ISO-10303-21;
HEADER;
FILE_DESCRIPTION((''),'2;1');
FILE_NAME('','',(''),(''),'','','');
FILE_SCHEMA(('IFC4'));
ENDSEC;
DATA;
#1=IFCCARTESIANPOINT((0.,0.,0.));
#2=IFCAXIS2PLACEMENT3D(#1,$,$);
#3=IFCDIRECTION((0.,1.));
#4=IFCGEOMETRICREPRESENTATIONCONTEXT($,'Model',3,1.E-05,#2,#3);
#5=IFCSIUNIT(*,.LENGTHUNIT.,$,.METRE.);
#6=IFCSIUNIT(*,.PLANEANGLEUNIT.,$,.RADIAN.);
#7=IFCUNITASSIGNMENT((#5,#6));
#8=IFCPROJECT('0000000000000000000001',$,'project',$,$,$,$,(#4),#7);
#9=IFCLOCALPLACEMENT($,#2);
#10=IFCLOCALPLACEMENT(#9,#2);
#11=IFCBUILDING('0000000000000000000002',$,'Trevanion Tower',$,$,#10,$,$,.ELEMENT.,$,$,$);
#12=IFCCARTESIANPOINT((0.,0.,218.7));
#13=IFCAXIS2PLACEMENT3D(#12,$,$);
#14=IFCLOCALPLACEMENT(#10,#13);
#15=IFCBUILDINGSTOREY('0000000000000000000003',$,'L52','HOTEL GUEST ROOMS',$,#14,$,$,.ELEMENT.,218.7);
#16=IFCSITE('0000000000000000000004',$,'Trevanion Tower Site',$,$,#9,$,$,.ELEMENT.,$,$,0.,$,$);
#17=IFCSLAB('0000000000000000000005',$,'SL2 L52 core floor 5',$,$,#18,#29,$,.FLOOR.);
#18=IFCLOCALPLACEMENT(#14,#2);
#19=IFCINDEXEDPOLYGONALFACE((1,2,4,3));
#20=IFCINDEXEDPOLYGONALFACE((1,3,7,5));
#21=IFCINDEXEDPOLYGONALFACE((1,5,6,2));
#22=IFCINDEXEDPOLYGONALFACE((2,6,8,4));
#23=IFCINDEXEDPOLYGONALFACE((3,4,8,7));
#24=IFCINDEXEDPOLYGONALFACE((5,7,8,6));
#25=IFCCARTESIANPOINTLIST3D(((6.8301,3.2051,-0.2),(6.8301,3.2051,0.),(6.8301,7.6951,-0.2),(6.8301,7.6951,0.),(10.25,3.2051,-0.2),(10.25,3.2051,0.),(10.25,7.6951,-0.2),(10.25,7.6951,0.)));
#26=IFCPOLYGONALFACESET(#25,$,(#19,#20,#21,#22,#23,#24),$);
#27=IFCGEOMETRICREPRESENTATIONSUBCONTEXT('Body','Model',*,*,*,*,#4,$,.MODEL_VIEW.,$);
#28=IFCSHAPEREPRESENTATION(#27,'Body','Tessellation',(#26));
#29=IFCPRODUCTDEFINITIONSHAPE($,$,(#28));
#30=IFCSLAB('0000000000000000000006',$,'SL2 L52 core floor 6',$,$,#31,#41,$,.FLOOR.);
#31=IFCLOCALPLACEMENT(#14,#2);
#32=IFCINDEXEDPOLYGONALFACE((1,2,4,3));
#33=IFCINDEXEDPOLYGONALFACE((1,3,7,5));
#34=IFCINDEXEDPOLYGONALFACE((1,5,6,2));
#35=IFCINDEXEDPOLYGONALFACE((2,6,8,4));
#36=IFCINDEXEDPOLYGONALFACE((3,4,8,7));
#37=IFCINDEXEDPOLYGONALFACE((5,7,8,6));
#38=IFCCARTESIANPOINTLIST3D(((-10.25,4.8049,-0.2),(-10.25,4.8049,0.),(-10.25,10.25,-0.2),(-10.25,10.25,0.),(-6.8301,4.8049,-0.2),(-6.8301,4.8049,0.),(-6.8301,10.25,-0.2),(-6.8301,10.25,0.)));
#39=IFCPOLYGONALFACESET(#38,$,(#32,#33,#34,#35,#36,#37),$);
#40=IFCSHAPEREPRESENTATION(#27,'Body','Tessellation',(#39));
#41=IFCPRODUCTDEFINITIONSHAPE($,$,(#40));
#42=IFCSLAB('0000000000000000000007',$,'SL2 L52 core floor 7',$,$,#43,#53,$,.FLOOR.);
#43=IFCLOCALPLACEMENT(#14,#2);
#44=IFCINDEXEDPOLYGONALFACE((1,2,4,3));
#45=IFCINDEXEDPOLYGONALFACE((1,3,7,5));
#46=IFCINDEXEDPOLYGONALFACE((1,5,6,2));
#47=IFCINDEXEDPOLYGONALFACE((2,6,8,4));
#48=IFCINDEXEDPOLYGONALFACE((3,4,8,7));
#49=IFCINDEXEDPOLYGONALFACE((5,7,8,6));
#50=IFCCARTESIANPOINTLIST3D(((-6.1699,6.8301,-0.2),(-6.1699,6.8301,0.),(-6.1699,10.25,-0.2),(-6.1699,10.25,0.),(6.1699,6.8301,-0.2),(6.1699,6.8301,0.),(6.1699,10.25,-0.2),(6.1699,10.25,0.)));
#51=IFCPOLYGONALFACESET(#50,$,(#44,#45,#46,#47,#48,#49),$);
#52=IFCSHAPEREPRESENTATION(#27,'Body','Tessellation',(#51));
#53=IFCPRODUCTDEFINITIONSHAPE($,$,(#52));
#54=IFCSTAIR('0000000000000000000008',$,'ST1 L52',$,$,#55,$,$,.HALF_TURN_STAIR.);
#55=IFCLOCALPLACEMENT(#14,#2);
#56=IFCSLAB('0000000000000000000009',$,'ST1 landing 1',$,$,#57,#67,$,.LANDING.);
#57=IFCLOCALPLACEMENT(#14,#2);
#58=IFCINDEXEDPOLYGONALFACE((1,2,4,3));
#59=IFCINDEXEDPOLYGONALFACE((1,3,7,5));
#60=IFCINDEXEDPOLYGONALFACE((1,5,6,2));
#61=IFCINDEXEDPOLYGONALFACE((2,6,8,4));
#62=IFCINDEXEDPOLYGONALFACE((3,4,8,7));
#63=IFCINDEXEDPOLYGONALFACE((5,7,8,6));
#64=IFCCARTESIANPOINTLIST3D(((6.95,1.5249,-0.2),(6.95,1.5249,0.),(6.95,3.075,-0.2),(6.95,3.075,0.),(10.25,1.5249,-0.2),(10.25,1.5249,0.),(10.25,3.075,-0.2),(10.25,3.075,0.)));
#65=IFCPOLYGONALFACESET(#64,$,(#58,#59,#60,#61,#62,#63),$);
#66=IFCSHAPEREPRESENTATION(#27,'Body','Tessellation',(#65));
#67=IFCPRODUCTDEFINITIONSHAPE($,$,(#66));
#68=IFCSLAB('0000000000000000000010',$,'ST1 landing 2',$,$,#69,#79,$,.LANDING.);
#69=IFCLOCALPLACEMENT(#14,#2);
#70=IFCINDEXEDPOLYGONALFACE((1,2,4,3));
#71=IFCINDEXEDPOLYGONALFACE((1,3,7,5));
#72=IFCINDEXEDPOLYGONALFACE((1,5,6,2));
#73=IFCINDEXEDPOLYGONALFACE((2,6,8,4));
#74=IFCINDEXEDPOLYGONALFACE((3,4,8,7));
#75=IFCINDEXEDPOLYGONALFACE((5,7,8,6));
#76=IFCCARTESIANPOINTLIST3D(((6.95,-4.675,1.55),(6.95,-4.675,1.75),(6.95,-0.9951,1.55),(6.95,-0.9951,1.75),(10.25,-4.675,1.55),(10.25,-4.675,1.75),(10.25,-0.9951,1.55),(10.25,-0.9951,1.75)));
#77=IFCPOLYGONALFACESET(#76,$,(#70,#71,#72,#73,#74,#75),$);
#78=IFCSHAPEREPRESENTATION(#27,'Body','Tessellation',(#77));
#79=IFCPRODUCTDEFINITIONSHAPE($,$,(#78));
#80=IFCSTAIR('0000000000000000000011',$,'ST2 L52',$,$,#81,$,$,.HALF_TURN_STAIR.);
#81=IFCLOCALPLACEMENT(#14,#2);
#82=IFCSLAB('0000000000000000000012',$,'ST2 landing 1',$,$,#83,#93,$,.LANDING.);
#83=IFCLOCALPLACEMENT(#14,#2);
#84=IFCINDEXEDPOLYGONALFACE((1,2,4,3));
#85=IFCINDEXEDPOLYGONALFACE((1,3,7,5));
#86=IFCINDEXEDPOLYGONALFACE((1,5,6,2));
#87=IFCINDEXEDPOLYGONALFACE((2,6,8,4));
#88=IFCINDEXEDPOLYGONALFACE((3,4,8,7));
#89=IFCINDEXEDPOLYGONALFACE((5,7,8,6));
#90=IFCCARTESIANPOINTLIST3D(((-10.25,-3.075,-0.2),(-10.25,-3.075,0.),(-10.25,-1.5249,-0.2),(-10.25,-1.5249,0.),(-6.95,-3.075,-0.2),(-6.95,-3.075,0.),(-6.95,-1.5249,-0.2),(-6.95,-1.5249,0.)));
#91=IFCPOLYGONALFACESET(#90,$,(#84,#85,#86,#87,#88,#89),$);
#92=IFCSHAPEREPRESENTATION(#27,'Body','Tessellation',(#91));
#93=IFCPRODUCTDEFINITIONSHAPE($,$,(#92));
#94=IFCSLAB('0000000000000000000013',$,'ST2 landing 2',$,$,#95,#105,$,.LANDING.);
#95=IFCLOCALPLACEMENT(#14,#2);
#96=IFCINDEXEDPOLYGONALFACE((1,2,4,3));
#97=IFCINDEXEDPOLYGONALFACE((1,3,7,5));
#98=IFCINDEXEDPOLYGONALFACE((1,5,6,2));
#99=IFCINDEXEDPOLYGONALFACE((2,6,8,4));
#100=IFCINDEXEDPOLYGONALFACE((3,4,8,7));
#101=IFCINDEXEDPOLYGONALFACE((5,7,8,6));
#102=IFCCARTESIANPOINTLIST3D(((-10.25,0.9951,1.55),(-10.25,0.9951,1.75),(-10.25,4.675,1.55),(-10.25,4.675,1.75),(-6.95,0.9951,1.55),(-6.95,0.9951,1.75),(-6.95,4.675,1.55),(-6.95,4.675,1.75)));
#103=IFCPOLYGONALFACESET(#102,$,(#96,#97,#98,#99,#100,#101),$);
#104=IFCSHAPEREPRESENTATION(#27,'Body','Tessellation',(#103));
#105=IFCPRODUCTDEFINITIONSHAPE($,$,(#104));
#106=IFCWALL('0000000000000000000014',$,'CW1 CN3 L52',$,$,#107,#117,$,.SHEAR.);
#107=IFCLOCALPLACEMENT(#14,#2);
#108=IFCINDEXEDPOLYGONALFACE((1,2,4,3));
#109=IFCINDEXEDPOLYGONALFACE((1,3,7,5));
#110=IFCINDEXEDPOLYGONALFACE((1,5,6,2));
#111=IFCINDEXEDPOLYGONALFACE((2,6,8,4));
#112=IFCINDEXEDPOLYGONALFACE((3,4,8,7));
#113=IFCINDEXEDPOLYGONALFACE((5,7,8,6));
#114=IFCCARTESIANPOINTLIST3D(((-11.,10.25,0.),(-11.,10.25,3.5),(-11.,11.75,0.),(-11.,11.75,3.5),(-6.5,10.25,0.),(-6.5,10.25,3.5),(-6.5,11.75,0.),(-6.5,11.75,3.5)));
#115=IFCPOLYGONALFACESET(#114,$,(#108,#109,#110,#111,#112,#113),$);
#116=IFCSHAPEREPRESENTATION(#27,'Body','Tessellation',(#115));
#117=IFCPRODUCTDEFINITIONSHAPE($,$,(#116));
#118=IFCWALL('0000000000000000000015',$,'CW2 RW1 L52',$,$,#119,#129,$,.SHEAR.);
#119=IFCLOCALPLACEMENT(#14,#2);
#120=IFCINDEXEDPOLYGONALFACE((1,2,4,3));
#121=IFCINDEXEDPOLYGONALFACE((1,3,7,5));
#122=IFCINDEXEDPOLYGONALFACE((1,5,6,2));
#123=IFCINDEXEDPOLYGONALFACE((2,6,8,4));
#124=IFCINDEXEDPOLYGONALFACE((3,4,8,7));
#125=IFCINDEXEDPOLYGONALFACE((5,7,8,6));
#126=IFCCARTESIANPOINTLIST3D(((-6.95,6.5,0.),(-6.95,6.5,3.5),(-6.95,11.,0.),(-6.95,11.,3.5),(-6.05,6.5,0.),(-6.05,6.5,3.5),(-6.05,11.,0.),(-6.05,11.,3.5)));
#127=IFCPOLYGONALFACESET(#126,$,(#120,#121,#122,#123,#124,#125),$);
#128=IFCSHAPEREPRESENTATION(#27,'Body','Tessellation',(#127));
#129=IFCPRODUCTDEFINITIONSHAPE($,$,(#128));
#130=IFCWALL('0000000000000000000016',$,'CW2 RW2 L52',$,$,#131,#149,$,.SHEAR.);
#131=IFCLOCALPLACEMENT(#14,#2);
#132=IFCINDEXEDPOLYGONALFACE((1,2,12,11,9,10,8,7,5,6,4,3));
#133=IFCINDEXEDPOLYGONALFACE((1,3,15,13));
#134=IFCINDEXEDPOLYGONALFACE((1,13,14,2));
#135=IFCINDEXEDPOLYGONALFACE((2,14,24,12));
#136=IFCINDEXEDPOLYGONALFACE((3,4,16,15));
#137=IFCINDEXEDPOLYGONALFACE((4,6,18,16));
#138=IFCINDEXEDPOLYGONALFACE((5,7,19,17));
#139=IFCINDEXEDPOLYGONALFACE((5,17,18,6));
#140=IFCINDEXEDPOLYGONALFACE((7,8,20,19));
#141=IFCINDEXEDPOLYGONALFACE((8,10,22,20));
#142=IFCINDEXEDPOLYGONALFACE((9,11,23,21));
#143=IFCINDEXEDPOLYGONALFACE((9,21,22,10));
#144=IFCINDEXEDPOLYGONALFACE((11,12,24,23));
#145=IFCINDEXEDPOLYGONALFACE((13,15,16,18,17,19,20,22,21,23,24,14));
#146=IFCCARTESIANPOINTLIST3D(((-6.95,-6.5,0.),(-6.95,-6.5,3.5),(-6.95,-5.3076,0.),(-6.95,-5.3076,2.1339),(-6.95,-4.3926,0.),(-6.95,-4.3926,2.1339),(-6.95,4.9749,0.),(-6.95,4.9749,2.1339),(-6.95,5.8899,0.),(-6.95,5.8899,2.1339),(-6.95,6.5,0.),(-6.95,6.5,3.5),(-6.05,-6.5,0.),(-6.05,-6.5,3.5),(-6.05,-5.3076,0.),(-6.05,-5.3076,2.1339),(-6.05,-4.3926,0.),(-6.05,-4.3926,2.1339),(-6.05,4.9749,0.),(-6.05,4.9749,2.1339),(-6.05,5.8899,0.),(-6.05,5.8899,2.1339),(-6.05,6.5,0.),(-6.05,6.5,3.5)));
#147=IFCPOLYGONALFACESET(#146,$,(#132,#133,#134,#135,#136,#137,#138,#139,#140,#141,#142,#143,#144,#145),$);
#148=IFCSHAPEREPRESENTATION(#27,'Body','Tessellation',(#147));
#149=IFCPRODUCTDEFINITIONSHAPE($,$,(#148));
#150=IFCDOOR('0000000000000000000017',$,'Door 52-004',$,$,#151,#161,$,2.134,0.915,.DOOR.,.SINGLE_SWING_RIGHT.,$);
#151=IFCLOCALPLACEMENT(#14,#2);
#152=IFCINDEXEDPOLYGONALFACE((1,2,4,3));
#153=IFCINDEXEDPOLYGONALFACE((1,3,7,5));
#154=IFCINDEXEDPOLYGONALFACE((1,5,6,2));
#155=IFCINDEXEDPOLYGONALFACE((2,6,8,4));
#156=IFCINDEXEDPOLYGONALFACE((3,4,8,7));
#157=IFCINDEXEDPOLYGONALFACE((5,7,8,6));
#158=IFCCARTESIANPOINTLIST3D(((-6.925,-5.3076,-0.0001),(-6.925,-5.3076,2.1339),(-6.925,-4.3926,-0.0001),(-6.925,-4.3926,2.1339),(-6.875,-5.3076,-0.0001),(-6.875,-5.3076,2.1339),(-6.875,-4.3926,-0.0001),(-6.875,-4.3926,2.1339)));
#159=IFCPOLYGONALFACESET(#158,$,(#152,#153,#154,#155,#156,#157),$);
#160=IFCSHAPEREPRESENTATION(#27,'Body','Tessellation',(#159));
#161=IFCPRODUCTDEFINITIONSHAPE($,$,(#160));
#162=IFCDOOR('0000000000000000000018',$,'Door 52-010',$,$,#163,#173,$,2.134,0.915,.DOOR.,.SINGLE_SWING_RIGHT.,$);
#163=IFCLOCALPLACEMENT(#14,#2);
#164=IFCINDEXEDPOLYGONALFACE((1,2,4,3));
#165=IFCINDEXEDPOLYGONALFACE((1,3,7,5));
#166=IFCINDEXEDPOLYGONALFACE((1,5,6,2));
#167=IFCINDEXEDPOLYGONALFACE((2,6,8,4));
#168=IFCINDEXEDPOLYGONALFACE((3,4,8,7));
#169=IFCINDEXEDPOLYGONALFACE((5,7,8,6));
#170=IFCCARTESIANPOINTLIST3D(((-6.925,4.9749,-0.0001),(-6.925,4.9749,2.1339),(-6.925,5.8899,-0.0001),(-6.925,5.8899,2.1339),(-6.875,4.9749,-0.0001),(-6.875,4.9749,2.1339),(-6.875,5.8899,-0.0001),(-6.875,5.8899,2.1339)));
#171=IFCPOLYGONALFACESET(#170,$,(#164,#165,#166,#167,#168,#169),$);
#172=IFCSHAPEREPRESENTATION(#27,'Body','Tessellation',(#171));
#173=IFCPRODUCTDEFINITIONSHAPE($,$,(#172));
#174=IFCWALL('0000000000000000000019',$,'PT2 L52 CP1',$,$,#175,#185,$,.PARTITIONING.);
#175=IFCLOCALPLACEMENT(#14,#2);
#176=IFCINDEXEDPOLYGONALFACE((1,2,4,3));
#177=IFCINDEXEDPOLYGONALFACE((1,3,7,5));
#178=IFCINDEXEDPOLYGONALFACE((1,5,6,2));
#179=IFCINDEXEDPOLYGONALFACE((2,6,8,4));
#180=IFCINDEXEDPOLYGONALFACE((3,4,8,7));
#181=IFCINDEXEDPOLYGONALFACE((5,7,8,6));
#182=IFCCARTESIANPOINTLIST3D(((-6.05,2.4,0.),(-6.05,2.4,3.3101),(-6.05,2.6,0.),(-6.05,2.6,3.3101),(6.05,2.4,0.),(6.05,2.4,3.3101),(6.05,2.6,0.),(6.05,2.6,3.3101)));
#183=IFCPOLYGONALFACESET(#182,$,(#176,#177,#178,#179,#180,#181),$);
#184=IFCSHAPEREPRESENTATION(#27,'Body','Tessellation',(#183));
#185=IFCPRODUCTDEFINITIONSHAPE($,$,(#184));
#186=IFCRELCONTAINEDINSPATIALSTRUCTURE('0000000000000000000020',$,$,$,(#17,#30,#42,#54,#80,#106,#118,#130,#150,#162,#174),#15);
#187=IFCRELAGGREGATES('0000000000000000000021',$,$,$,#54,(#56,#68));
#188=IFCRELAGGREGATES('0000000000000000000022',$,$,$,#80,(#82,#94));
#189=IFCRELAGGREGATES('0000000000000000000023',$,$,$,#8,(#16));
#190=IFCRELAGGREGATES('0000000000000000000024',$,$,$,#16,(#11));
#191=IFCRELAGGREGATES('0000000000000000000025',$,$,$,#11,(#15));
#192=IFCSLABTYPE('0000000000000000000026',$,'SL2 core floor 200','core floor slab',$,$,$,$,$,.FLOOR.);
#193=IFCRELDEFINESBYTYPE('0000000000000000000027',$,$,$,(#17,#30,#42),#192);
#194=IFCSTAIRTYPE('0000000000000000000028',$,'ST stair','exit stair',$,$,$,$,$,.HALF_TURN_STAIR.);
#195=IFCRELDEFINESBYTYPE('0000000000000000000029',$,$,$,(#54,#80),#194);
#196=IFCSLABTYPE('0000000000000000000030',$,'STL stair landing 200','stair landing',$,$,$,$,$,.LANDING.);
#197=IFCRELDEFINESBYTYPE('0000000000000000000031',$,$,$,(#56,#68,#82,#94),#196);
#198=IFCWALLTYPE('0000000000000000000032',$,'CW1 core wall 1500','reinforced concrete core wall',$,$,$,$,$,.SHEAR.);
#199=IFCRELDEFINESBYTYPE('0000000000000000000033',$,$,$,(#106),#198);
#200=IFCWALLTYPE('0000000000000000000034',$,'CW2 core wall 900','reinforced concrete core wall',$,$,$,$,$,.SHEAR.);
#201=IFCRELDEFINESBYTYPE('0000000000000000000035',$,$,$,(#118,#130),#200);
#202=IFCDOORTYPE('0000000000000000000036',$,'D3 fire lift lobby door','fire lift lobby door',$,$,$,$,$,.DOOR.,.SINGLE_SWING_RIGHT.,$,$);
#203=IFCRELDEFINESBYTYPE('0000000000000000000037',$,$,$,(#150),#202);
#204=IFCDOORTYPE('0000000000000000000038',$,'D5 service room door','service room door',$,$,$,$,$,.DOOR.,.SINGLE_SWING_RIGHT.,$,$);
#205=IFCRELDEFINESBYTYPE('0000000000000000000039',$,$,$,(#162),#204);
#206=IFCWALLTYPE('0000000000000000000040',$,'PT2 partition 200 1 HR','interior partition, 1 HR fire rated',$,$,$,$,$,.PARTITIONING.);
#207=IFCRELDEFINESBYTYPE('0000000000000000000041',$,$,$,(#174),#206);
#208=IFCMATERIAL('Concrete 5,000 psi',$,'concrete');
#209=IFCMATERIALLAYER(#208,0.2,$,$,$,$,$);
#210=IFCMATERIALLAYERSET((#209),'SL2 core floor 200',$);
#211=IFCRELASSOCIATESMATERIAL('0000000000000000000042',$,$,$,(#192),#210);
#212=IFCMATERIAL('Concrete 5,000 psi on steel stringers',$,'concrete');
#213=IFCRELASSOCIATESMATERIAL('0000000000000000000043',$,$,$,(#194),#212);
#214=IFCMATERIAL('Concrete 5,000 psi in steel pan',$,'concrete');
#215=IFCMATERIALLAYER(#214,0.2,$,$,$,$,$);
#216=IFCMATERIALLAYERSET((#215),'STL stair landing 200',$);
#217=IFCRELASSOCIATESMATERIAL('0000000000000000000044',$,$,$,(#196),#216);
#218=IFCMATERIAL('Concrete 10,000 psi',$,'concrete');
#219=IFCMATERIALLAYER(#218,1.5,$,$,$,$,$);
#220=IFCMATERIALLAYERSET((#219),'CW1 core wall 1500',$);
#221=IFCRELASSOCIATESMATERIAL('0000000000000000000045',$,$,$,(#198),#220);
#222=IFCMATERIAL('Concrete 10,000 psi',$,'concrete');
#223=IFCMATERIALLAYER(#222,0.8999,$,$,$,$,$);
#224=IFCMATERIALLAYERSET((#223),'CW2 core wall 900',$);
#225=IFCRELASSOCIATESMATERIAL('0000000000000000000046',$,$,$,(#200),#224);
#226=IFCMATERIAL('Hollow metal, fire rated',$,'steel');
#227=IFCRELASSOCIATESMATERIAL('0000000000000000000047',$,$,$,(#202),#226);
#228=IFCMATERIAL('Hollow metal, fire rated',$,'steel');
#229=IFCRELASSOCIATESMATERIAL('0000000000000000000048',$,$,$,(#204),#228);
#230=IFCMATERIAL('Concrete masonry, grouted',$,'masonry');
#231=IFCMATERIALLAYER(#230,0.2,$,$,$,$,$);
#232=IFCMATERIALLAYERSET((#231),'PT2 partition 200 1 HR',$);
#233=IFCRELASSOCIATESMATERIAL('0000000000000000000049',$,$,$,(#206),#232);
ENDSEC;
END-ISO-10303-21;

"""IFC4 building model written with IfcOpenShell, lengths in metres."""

from ifc_helpers import new_model, si_unit, direction, frame, frame_2d, origin, place, context, subcontext, project, spatial, polyline, rectangle, outline, extrude, material, layer, layer_set, type_object, element, fill, aggregate, save


model = new_model("IFC4")

# Units and contexts
model_context = context("Model", 3, precision=1e-05, world=origin(), true_north=direction((0.0, 1.0)))
body_context = subcontext(model_context, "Body", "Model", "MODEL_VIEW")
ifc_project = project(units=[si_unit("LENGTHUNIT", "METRE"), si_unit("PLANEANGLEUNIT", "RADIAN")], contexts=[model_context])

# Site, building, storey
site_placement = place(None, origin())
site = spatial("IfcSite", under=ifc_project, at=site_placement, Name="Trevanion Tower Site", CompositionType="ELEMENT", RefElevation=0.0)
building_placement = place(site_placement, origin())
building = spatial("IfcBuilding", under=site, at=building_placement, Name="Trevanion Tower", CompositionType="ELEMENT")
storey_placement = place(building_placement, frame((0.0, 0.0, 218.7)))
storey = spatial("IfcBuildingStorey", under=building, at=storey_placement, Name="L52", Description="HOTEL GUEST ROOMS", CompositionType="ELEMENT", Elevation=218.7)

# Slabs
ifc_material_1 = material(Name="Concrete 5,000 psi", Category="concrete")
ifc_layer_1 = layer(ifc_material_1, 0.2)
ifc_layer_set_1 = layer_set([ifc_layer_1], Name="SL2 core floor 200")
slab_type_1 = type_object("IfcSlabType", Name="SL2 core floor 200", Description="core floor slab", PredefinedType="FLOOR", material=ifc_layer_set_1)
slab_1_placement = place(storey_placement, frame((0.0, 0.0, -0.2)))
element("IfcSlab", 1, at=slab_1_placement, inside=storey, type_object=slab_type_1, Name="SL2 L52 core floor 5", PredefinedType="FLOOR", context=body_context, shape_type="SweptSolid", body=[
    extrude(outline(polyline([(6.8301, 3.2051), (6.8301, 7.6951), (10.25, 7.6951), (10.25, 3.2051), (6.8301, 3.2051)])), origin(), (0.0, 0.0, 1.0), 0.2),
])
slab_2_placement = place(storey_placement, frame((0.0, 0.0, -0.2)))
element("IfcSlab", 2, at=slab_2_placement, inside=storey, type_object=slab_type_1, Name="SL2 L52 core floor 6", PredefinedType="FLOOR", context=body_context, shape_type="SweptSolid", body=[
    extrude(outline(polyline([(-6.8301, 4.8049), (-10.25, 4.8049), (-10.25, 10.25), (-6.8301, 10.25), (-6.8301, 4.8049)])), origin(), (0.0, 0.0, 1.0), 0.2),
])
slab_3_placement = place(storey_placement, frame((0.0, 0.0, -0.2)))
element("IfcSlab", 3, at=slab_3_placement, inside=storey, type_object=slab_type_1, Name="SL2 L52 core floor 7", PredefinedType="FLOOR", context=body_context, shape_type="SweptSolid", body=[
    extrude(outline(polyline([(6.1699, 6.8301), (-6.1699, 6.8301), (-6.1699, 10.25), (6.1699, 10.25), (6.1699, 6.8301)])), origin(), (0.0, 0.0, 1.0), 0.2),
])

# Stairs, slabs
ifc_material_2 = material(Name="Concrete 5,000 psi on steel stringers", Category="concrete")
stair_type = type_object("IfcStairType", Name="ST stair", Description="exit stair", PredefinedType="HALF_TURN_STAIR", material=ifc_material_2)
stair_1_placement = place(storey_placement, origin())
stair_1 = element("IfcStair", 4, at=stair_1_placement, inside=storey, type_object=stair_type, Name="ST1 L52", PredefinedType="HALF_TURN_STAIR")
ifc_material_3 = material(Name="Concrete 5,000 psi in steel pan", Category="concrete")
ifc_layer_2 = layer(ifc_material_3, 0.2)
ifc_layer_set_2 = layer_set([ifc_layer_2], Name="STL stair landing 200")
slab_type_2 = type_object("IfcSlabType", Name="STL stair landing 200", Description="stair landing", PredefinedType="LANDING", material=ifc_layer_set_2)
slab_4_placement = place(storey_placement, frame((0.0, 0.0, -0.2)))
slab_4 = element("IfcSlab", 5, at=slab_4_placement, type_object=slab_type_2, Name="ST1 landing 1", PredefinedType="LANDING", context=body_context, shape_type="SweptSolid", body=[
    extrude(outline(polyline([(6.95, 1.5249), (10.25, 1.5249), (10.25, 3.075), (6.95, 3.075), (6.95, 1.5249)])), origin(), (0.0, 0.0, 1.0), 0.2),
])
slab_5_placement = place(storey_placement, frame((0.0, 0.0, 1.55)))
slab_5 = element("IfcSlab", 6, at=slab_5_placement, type_object=slab_type_2, Name="ST1 landing 2", PredefinedType="LANDING", context=body_context, shape_type="SweptSolid", body=[
    extrude(outline(polyline([(6.95, -4.675), (10.25, -4.675), (10.25, -0.9951), (6.95, -0.9951), (6.95, -4.675)])), origin(), (0.0, 0.0, 1.0), 0.2),
])
aggregate(stair_1, [slab_4, slab_5])
stair_2_placement = place(storey_placement, origin())
stair_2 = element("IfcStair", 7, at=stair_2_placement, inside=storey, type_object=stair_type, Name="ST2 L52", PredefinedType="HALF_TURN_STAIR")
slab_6_placement = place(storey_placement, frame((0.0, 0.0, -0.2)))
slab_6 = element("IfcSlab", 8, at=slab_6_placement, type_object=slab_type_2, Name="ST2 landing 1", PredefinedType="LANDING", context=body_context, shape_type="SweptSolid", body=[
    extrude(outline(polyline([(-6.95, -1.5249), (-10.25, -1.5249), (-10.25, -3.075), (-6.95, -3.075), (-6.95, -1.5249)])), origin(), (0.0, 0.0, 1.0), 0.2),
])
slab_7_placement = place(storey_placement, frame((0.0, 0.0, 1.55)))
slab_7 = element("IfcSlab", 9, at=slab_7_placement, type_object=slab_type_2, Name="ST2 landing 2", PredefinedType="LANDING", context=body_context, shape_type="SweptSolid", body=[
    extrude(outline(polyline([(-6.95, 4.675), (-10.25, 4.675), (-10.25, 0.9951), (-6.95, 0.9951), (-6.95, 4.675)])), origin(), (0.0, 0.0, 1.0), 0.2),
])

# Walls
ifc_material_4 = material(Name="Concrete 10,000 psi", Category="concrete")
ifc_layer_3 = layer(ifc_material_4, 1.5)
ifc_layer_set_3 = layer_set([ifc_layer_3], Name="CW1 core wall 1500")
wall_type_1 = type_object("IfcWallType", Name="CW1 core wall 1500", Description="reinforced concrete core wall", PredefinedType="SHEAR", material=ifc_layer_set_3)
wall_1_placement = place(storey_placement, frame((-6.5, 11.0, 0.0), z_axis=(0.0, 0.0, 1.0), x_axis=(-1.0, 0.0, 0.0)))
element("IfcWall", 10, at=wall_1_placement, inside=storey, type_object=wall_type_1, Name="CW1 CN3 L52", PredefinedType="SHEAR", context=body_context, shape_type="SweptSolid", body=[
    extrude(rectangle(XDim=4.5, YDim=1.5, at=frame_2d((2.25, 0.0))), origin(), (0.0, 0.0, 1.0), 3.5),
])
ifc_material_5 = material(Name="Concrete 10,000 psi", Category="concrete")
ifc_layer_4 = layer(ifc_material_5, 0.8999)
ifc_layer_set_4 = layer_set([ifc_layer_4], Name="CW2 core wall 900")
wall_type_2 = type_object("IfcWallType", Name="CW2 core wall 900", Description="reinforced concrete core wall", PredefinedType="SHEAR", material=ifc_layer_set_4)
wall_2_placement = place(storey_placement, frame((-6.5, 11.0, 0.0), z_axis=(0.0, 0.0, 1.0), x_axis=(0.0, -1.0, 0.0)))
element("IfcWall", 11, at=wall_2_placement, inside=storey, type_object=wall_type_2, Name="CW2 RW1 L52", PredefinedType="SHEAR", context=body_context, shape_type="SweptSolid", body=[
    extrude(rectangle(XDim=4.5, YDim=0.8999, at=frame_2d((2.25, 0.0))), origin(), (0.0, 0.0, 1.0), 3.5),
])

# Wall, openings, doors
wall_3_placement = place(storey_placement, frame((-6.5, 6.5, 0.0), z_axis=(0.0, 0.0, 1.0), x_axis=(0.0, -1.0, 0.0)))
wall_3 = element("IfcWall", 12, at=wall_3_placement, inside=storey, type_object=wall_type_2, Name="CW2 RW2 L52", PredefinedType="SHEAR", context=body_context, shape_type="SweptSolid", body=[
    extrude(rectangle(XDim=13.0, YDim=0.8999, at=frame_2d((6.5, 0.0))), origin(), (0.0, 0.0, 1.0), 3.5),
])
opening_1_placement = place(wall_3_placement, frame((10.8926, 0.0, 0.0)))
opening_1 = element("IfcOpeningElement", 13, at=opening_1_placement, cuts=wall_3, PredefinedType="OPENING", context=body_context, shape_type="SweptSolid", body=[
    extrude(rectangle(XDim=0.915, YDim=2.134, at=frame_2d((0.4575, 1.0669))), frame((0.0, 0.46, 0.0), z_axis=(0.0, -1.0, 0.0), x_axis=(1.0, 0.0, 0.0)), (0.0, 0.0, 1.0), 0.9199),
])
opening_2_placement = place(wall_3_placement, frame((0.6101, 0.0, 0.0)))
opening_2 = element("IfcOpeningElement", 14, at=opening_2_placement, cuts=wall_3, PredefinedType="OPENING", context=body_context, shape_type="SweptSolid", body=[
    extrude(rectangle(XDim=0.915, YDim=2.134, at=frame_2d((0.4575, 1.0669))), frame((0.0, 0.46, 0.0), z_axis=(0.0, -1.0, 0.0), x_axis=(1.0, 0.0, 0.0)), (0.0, 0.0, 1.0), 0.9199),
])
ifc_material_6 = material(Name="Hollow metal, fire rated", Category="steel")
door_type_1 = type_object("IfcDoorType", Name="D3 fire lift lobby door", Description="fire lift lobby door", OperationType="SINGLE_SWING_RIGHT", PredefinedType="DOOR", material=ifc_material_6)
door_1_placement = place(opening_1_placement, origin())
door_1 = element("IfcDoor", 15, at=door_1_placement, inside=storey, type_object=door_type_1, Name="Door 52-004", OperationType="SINGLE_SWING_RIGHT", OverallHeight=2.134, OverallWidth=0.915, PredefinedType="DOOR", context=body_context, shape_type="SweptSolid", body=[
    extrude(rectangle(XDim=0.915, YDim=2.134, at=frame_2d((0.4575, 1.0669))), frame((0.0, -0.375, 0.0), z_axis=(0.0, -1.0, 0.0), x_axis=(1.0, 0.0, 0.0)), (0.0, 0.0, 1.0), 0.05),
])
fill(opening_1, door_1)
ifc_material_7 = material(Name="Hollow metal, fire rated", Category="steel")
door_type_2 = type_object("IfcDoorType", Name="D5 service room door", Description="service room door", OperationType="SINGLE_SWING_RIGHT", PredefinedType="DOOR", material=ifc_material_7)
door_2_placement = place(opening_2_placement, origin())
door_2 = element("IfcDoor", 16, at=door_2_placement, inside=storey, type_object=door_type_2, Name="Door 52-010", OperationType="SINGLE_SWING_RIGHT", OverallHeight=2.134, OverallWidth=0.915, PredefinedType="DOOR", context=body_context, shape_type="SweptSolid", body=[
    extrude(rectangle(XDim=0.915, YDim=2.134, at=frame_2d((0.4575, 1.0669))), frame((0.0, -0.375, 0.0), z_axis=(0.0, -1.0, 0.0), x_axis=(1.0, 0.0, 0.0)), (0.0, 0.0, 1.0), 0.05),
])
fill(opening_2, door_2)

# Wall
ifc_material_8 = material(Name="Concrete masonry, grouted", Category="masonry")
ifc_layer_5 = layer(ifc_material_8, 0.2)
ifc_layer_set_5 = layer_set([ifc_layer_5], Name="PT2 partition 200 1 HR")
wall_type_3 = type_object("IfcWallType", Name="PT2 partition 200 1 HR", Description="interior partition, 1 HR fire rated", PredefinedType="PARTITIONING", material=ifc_layer_set_5)
wall_4_placement = place(storey_placement, frame((-6.05, 2.5, 0.0), z_axis=(0.0, 0.0, 1.0), x_axis=(1.0, 0.0, 0.0)))
element("IfcWall", 17, at=wall_4_placement, inside=storey, type_object=wall_type_3, Name="PT2 L52 CP1", PredefinedType="PARTITIONING", context=body_context, shape_type="SweptSolid", body=[
    extrude(rectangle(XDim=12.1001, YDim=0.2, at=frame_2d((6.05, 0.0))), origin(), (0.0, 0.0, 1.0), 3.3101),
])

aggregate(stair_2, [slab_6, slab_7])

save(model, "model.ifc")
